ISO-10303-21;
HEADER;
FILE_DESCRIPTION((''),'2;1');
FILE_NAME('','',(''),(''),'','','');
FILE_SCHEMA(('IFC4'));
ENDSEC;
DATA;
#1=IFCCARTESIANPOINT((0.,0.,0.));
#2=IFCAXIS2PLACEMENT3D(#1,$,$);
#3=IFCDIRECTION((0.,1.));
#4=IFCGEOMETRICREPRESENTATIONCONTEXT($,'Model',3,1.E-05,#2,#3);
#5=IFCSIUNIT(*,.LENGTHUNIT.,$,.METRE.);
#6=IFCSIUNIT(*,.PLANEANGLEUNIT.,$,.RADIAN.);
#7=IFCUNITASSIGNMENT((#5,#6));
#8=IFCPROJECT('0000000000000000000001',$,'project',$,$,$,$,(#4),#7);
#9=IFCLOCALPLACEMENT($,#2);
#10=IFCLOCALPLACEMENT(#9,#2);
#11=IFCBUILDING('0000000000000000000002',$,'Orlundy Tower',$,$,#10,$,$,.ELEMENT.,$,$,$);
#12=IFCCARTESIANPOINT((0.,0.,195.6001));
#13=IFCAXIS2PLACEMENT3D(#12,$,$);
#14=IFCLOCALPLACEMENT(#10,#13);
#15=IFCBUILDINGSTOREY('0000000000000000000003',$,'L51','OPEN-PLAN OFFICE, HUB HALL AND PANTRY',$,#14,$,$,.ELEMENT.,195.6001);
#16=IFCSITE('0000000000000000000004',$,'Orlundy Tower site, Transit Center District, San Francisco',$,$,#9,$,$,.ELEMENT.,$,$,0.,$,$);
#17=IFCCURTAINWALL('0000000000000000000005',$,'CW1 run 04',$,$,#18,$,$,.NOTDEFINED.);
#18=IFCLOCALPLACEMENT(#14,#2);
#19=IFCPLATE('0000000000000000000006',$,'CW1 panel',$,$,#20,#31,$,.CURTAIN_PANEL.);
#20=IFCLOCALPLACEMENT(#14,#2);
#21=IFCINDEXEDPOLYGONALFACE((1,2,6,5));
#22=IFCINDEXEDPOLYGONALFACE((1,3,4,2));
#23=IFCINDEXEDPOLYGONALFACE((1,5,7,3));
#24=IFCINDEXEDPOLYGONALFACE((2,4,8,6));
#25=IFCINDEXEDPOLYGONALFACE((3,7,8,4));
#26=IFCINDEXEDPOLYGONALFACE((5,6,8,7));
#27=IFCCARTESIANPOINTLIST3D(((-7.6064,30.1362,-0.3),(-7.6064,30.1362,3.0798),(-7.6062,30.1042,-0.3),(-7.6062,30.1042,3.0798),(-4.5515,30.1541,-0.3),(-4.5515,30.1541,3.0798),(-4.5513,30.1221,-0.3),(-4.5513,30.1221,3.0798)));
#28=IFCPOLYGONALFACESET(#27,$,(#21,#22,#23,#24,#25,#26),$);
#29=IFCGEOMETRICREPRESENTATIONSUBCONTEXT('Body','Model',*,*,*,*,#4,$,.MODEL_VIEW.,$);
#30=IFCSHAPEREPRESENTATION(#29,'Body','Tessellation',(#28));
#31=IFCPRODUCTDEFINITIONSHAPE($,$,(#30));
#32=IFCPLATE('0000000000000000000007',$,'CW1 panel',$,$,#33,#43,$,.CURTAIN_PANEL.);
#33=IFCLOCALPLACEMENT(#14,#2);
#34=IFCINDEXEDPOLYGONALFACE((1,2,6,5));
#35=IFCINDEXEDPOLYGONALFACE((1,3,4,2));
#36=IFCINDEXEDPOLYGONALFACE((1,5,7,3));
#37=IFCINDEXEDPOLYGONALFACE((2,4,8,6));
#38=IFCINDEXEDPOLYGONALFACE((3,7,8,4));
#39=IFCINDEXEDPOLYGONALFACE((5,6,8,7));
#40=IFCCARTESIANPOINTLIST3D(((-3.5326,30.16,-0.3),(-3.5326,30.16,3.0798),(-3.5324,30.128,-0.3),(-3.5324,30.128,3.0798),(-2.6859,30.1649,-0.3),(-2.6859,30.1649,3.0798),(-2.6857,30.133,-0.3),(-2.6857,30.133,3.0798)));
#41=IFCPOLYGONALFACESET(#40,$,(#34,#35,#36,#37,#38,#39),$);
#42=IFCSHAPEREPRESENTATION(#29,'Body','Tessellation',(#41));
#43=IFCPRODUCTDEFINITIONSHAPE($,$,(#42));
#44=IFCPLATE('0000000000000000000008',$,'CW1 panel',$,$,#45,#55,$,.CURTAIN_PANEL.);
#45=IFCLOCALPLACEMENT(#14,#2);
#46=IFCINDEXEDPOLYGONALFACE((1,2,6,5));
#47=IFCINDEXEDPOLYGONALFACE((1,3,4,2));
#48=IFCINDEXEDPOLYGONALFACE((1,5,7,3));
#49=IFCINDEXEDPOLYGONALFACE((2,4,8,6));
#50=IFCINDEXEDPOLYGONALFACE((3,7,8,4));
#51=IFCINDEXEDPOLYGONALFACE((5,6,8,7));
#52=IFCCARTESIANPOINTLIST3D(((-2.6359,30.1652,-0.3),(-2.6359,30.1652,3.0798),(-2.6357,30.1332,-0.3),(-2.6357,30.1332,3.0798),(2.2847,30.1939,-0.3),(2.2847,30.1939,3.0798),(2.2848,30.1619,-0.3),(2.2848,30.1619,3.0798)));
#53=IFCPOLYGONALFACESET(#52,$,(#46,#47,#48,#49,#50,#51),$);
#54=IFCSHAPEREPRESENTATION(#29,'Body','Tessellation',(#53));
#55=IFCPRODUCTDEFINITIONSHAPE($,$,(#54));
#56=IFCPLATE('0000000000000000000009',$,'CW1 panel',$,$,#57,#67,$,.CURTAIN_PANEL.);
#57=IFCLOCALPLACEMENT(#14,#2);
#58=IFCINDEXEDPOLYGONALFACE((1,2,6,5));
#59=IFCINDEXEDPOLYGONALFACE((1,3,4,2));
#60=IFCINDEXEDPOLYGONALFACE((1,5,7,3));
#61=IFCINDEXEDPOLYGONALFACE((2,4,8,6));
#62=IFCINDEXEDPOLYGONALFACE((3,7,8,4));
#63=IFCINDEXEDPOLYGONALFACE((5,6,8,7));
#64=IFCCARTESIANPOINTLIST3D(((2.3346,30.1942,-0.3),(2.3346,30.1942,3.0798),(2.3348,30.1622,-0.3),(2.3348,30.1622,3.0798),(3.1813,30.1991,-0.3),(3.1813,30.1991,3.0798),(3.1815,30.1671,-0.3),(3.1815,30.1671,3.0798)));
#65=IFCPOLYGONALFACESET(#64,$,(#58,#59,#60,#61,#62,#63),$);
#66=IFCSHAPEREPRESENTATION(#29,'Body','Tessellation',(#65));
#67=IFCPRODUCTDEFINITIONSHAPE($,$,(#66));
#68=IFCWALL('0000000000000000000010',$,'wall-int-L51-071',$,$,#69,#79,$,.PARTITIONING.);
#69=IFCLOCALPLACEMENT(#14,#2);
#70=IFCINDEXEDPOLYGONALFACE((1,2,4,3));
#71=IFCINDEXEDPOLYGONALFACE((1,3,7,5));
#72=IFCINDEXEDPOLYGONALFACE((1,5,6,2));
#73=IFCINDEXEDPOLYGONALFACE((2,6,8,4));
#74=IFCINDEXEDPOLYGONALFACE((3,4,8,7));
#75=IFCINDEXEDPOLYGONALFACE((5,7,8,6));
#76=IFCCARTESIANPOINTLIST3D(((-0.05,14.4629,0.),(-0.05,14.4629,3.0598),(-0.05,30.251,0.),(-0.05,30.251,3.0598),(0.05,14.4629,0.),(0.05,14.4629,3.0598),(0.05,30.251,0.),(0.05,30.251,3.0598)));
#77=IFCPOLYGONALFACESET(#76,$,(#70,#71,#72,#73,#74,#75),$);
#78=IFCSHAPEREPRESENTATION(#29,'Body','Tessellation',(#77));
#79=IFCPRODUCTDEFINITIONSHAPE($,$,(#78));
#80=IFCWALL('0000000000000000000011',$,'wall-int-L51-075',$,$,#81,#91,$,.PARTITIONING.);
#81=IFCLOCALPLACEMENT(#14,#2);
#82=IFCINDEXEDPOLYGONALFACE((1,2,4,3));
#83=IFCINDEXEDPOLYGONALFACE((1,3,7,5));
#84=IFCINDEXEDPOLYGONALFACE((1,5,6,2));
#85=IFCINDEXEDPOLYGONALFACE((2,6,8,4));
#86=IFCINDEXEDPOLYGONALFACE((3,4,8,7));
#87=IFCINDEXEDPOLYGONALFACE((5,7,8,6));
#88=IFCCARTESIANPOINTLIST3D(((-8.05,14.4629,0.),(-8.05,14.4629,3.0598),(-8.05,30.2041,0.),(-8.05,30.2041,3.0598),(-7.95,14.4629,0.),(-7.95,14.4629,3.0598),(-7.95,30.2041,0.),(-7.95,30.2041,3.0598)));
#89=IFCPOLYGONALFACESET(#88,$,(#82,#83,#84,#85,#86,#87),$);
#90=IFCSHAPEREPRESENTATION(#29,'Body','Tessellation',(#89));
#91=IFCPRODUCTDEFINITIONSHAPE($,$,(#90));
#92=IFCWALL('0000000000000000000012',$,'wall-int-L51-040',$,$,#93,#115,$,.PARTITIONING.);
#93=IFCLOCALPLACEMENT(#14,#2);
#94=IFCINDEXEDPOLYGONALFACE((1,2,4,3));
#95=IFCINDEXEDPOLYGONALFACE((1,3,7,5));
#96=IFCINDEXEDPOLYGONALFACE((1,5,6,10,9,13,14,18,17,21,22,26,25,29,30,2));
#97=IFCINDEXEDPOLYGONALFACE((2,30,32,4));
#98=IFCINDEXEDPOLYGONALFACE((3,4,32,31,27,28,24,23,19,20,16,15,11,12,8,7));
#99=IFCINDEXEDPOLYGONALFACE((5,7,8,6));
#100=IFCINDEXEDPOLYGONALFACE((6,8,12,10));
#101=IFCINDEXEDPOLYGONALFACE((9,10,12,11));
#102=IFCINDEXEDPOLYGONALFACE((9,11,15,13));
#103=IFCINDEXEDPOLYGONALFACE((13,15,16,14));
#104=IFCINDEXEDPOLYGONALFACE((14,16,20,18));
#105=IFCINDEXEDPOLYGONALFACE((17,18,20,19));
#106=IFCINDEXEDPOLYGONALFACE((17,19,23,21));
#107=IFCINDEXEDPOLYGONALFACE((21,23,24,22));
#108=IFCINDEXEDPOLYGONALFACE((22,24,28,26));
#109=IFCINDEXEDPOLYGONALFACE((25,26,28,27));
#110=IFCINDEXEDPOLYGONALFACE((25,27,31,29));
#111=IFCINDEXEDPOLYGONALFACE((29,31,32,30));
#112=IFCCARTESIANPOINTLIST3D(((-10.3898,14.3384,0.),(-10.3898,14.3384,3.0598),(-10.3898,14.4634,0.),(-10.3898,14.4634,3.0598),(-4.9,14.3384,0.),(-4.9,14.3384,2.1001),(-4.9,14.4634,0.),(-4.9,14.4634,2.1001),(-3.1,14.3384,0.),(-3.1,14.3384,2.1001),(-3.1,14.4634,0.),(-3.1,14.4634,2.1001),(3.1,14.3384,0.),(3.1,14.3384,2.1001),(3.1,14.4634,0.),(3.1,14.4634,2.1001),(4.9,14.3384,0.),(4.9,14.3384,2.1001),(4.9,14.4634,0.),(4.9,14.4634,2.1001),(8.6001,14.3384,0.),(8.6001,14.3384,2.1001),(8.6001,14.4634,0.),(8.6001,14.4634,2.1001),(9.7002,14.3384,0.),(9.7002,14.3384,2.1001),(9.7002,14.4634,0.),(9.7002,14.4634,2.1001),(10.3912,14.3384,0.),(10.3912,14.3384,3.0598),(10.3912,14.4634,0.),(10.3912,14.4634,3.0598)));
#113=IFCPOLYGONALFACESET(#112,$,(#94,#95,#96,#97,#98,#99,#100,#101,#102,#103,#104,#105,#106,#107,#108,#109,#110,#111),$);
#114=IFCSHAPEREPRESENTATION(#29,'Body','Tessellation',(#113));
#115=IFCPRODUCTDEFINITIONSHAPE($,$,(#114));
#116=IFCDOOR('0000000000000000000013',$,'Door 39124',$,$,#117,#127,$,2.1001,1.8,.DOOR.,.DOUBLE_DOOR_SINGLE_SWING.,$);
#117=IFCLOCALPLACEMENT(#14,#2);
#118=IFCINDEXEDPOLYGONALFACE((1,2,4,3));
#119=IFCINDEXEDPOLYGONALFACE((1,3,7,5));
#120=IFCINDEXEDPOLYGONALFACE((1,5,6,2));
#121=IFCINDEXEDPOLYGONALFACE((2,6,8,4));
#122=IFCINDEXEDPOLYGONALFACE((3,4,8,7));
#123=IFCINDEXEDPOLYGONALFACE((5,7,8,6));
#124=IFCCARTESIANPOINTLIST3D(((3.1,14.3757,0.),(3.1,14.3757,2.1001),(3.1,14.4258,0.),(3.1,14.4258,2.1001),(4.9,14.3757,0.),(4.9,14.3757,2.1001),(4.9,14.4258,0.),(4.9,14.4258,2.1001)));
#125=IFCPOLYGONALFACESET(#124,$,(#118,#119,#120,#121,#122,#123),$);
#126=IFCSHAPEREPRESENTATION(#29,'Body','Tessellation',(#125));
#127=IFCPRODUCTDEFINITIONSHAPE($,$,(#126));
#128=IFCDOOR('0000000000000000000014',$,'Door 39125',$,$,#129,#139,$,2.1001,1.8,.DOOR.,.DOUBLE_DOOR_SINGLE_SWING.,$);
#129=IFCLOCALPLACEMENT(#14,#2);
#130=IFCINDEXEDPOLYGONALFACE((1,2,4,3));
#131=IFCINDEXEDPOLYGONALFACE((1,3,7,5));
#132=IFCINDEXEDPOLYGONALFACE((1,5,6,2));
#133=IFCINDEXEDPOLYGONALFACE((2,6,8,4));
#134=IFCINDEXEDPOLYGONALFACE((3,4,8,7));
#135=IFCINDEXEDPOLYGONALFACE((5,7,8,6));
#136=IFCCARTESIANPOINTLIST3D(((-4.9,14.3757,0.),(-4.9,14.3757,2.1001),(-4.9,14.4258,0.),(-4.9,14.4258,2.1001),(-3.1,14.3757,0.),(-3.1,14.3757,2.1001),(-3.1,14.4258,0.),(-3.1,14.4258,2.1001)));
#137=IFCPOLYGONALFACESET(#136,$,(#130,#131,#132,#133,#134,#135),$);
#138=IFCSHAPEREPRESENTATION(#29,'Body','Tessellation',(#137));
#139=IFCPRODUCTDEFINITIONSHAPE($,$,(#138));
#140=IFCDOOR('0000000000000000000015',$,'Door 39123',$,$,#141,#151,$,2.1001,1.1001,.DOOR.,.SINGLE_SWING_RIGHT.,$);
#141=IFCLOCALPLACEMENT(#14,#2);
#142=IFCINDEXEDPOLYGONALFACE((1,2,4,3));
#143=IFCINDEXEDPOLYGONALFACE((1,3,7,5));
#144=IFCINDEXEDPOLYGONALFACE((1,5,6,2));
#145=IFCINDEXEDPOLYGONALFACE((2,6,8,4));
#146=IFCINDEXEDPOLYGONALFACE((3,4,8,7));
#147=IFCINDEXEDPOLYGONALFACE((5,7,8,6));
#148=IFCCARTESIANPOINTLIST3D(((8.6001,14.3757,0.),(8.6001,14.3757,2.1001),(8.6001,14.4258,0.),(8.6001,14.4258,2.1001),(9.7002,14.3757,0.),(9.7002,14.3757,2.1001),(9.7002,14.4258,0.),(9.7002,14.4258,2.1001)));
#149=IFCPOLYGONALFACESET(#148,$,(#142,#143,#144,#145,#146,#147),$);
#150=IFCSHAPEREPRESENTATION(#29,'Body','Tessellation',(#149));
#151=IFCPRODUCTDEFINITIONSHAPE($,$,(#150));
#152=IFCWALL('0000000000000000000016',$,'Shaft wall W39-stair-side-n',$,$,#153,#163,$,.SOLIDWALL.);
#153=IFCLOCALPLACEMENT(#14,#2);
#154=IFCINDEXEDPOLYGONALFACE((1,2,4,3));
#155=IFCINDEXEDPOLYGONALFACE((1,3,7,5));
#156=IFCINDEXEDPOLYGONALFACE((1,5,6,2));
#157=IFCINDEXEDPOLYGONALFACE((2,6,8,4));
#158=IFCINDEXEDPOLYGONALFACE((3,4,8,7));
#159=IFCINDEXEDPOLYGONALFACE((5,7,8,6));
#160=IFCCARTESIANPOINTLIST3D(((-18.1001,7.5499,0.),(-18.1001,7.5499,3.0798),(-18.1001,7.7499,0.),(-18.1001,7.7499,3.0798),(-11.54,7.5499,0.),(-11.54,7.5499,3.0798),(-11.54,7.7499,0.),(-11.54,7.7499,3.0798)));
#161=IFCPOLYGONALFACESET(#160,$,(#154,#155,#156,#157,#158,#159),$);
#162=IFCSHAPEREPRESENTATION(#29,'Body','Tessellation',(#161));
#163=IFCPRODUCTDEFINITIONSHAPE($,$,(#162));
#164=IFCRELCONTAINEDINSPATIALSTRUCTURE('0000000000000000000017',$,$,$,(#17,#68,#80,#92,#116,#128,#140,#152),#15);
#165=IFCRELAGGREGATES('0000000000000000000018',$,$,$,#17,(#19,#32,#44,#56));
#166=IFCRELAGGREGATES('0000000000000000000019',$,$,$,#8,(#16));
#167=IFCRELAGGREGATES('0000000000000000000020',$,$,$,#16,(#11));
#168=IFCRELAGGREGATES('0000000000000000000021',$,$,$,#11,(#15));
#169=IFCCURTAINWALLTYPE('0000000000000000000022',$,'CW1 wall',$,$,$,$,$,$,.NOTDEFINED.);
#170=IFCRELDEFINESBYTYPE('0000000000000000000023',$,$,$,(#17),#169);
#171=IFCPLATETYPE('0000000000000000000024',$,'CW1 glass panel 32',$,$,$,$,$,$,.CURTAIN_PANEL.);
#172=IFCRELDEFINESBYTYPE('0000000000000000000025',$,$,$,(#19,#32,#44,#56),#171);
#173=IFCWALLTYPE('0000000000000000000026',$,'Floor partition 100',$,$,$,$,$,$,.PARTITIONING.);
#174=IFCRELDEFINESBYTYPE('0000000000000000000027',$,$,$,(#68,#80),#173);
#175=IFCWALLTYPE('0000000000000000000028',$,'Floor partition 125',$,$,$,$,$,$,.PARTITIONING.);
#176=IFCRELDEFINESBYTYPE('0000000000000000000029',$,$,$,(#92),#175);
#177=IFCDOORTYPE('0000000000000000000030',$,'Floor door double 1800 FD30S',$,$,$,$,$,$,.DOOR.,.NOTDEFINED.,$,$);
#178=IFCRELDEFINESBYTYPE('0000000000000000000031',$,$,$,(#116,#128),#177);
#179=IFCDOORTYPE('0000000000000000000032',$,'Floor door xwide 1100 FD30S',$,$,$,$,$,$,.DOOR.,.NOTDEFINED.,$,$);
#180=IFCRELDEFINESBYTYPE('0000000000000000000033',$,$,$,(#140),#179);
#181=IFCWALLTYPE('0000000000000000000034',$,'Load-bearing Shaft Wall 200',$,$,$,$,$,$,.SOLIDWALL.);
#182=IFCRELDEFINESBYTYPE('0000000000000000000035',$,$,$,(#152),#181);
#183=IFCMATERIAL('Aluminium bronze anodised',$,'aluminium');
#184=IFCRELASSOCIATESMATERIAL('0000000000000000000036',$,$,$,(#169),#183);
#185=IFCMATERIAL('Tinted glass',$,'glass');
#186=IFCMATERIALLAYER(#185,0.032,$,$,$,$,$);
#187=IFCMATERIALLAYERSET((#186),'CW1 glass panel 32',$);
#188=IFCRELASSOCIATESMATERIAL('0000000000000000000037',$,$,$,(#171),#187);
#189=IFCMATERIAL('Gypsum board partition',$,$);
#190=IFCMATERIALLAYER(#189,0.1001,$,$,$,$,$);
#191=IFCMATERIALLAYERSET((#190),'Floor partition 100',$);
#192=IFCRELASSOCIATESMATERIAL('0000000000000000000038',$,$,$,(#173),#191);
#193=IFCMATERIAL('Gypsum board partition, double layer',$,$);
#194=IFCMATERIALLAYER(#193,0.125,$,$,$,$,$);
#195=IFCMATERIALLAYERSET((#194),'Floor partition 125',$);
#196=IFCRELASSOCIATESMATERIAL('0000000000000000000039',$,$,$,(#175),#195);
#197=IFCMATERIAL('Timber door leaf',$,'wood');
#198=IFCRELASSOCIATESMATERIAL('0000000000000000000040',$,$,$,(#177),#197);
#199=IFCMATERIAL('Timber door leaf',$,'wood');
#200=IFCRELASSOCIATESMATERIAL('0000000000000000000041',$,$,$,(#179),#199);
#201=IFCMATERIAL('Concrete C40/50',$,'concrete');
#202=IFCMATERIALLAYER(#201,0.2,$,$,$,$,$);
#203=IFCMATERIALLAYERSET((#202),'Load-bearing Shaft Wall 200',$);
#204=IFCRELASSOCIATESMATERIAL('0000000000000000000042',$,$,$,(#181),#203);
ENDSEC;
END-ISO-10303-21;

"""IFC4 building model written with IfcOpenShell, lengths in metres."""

from ifc_helpers import new_model, si_unit, direction, frame, frame_2d, origin, origin_2d, place, context, subcontext, project, spatial, rectangle, extrude, material, layer, layer_set, type_object, element, fill, aggregate, save


model = new_model("IFC4")

# Units and contexts
model_context = context("Model", 3, precision=1e-05, world=origin(), true_north=direction((0.0, 1.0)))
body_context = subcontext(model_context, "Body", "Model", "MODEL_VIEW")
ifc_project = project(units=[si_unit("LENGTHUNIT", "METRE"), si_unit("PLANEANGLEUNIT", "RADIAN")], contexts=[model_context])

# Site, building, storey
site_placement = place(None, origin())
site = spatial("IfcSite", under=ifc_project, at=site_placement, Name="Orlundy Tower site, Transit Center District, San Francisco", CompositionType="ELEMENT", RefElevation=0.0)
building_placement = place(site_placement, origin())
building = spatial("IfcBuilding", under=site, at=building_placement, Name="Orlundy Tower", CompositionType="ELEMENT")
storey_placement = place(building_placement, frame((0.0, 0.0, 195.6001)))
storey = spatial("IfcBuildingStorey", under=building, at=storey_placement, Name="L51", Description="OPEN-PLAN OFFICE, HUB HALL AND PANTRY", CompositionType="ELEMENT", Elevation=195.6001)

# Curtain wall
ifc_material_1 = material(Name="Aluminium bronze anodised", Category="aluminium")
curtain_wall_type = type_object("IfcCurtainWallType", Name="CW1 wall", PredefinedType="NOTDEFINED", material=ifc_material_1)
curtain_wall_1_placement = place(storey_placement, origin())
curtain_wall_1 = element("IfcCurtainWall", 1, at=curtain_wall_1_placement, inside=storey, type_object=curtain_wall_type, Name="CW1 run 04", PredefinedType="NOTDEFINED")

# Shared definitions
ifc_material_2 = material(Name="Tinted glass", Category="glass")
ifc_layer_1 = layer(ifc_material_2, 0.032)
ifc_layer_set_1 = layer_set([ifc_layer_1], Name="CW1 glass panel 32")
plate_type = type_object("IfcPlateType", Name="CW1 glass panel 32", PredefinedType="CURTAIN_PANEL", material=ifc_layer_set_1)

# Plates
plate_1_placement = place(storey_placement, frame((-6.0789, 30.1292, -0.3), z_axis=(0.0, 0.0, 1.0), x_axis=(0.999983, 0.005834, 0.0)))
plate_1 = element("IfcPlate", 2, at=plate_1_placement, type_object=plate_type, Name="CW1 panel", PredefinedType="CURTAIN_PANEL", context=body_context, shape_type="SweptSolid", body=[
    extrude(rectangle(XDim=3.0549, YDim=0.032, at=origin_2d()), origin(), (0.0, 0.0, 1.0), 3.3799),
])
plate_2_placement = place(storey_placement, frame((-3.1091, 30.1465, -0.3), z_axis=(0.0, 0.0, 1.0), x_axis=(0.999983, 0.005834, 0.0)))
plate_2 = element("IfcPlate", 3, at=plate_2_placement, type_object=plate_type, Name="CW1 panel", PredefinedType="CURTAIN_PANEL", context=body_context, shape_type="SweptSolid", body=[
    extrude(rectangle(XDim=0.8467, YDim=0.032, at=origin_2d()), origin(), (0.0, 0.0, 1.0), 3.3799),
])
plate_3_placement = place(storey_placement, frame((-0.1755, 30.1636, -0.3), z_axis=(0.0, 0.0, 1.0), x_axis=(0.999983, 0.005834, 0.0)))
plate_3 = element("IfcPlate", 4, at=plate_3_placement, type_object=plate_type, Name="CW1 panel", PredefinedType="CURTAIN_PANEL", context=body_context, shape_type="SweptSolid", body=[
    extrude(rectangle(XDim=4.9207, YDim=0.032, at=origin_2d()), origin(), (0.0, 0.0, 1.0), 3.3799),
])
plate_4_placement = place(storey_placement, frame((2.7581, 30.1807, -0.3), z_axis=(0.0, 0.0, 1.0), x_axis=(0.999983, 0.005834, 0.0)))
plate_4 = element("IfcPlate", 5, at=plate_4_placement, type_object=plate_type, Name="CW1 panel", PredefinedType="CURTAIN_PANEL", context=body_context, shape_type="SweptSolid", body=[
    extrude(rectangle(XDim=0.8467, YDim=0.032, at=origin_2d()), origin(), (0.0, 0.0, 1.0), 3.3799),
])
aggregate(curtain_wall_1, [plate_1, plate_2, plate_3, plate_4])

# Walls
ifc_material_3 = material(Name="Gypsum board partition")
ifc_layer_2 = layer(ifc_material_3, 0.1001)
ifc_layer_set_2 = layer_set([ifc_layer_2], Name="Floor partition 100")
wall_type_1 = type_object("IfcWallType", Name="Floor partition 100", PredefinedType="PARTITIONING", material=ifc_layer_set_2)
wall_1_placement = place(storey_placement, frame((0.0, 14.4629, 0.0), z_axis=(0.0, 0.0, 1.0), x_axis=(0.0, 1.0, 0.0)))
element("IfcWall", 6, at=wall_1_placement, inside=storey, type_object=wall_type_1, Name="wall-int-L51-071", PredefinedType="PARTITIONING", context=body_context, shape_type="SweptSolid", body=[
    extrude(rectangle(XDim=15.7881, YDim=0.1001, at=frame_2d((7.894, 0.0))), origin(), (0.0, 0.0, 1.0), 3.0598),
])
wall_2_placement = place(storey_placement, frame((-8.0, 14.4629, 0.0), z_axis=(0.0, 0.0, 1.0), x_axis=(0.0, 1.0, 0.0)))
element("IfcWall", 7, at=wall_2_placement, inside=storey, type_object=wall_type_1, Name="wall-int-L51-075", PredefinedType="PARTITIONING", context=body_context, shape_type="SweptSolid", body=[
    extrude(rectangle(XDim=15.7412, YDim=0.1001, at=frame_2d((7.8706, 0.0))), origin(), (0.0, 0.0, 1.0), 3.0598),
])

# Wall, openings, doors
ifc_material_4 = material(Name="Gypsum board partition, double layer")
ifc_layer_3 = layer(ifc_material_4, 0.125)
ifc_layer_set_3 = layer_set([ifc_layer_3], Name="Floor partition 125")
wall_type_2 = type_object("IfcWallType", Name="Floor partition 125", PredefinedType="PARTITIONING", material=ifc_layer_set_3)
wall_3_placement = place(storey_placement, frame((-10.3899, 14.4009, 0.0), z_axis=(0.0, 0.0, 1.0), x_axis=(1.0, 0.0, 0.0)))
wall_3 = element("IfcWall", 8, at=wall_3_placement, inside=storey, type_object=wall_type_2, Name="wall-int-L51-040", PredefinedType="PARTITIONING", context=body_context, shape_type="SweptSolid", body=[
    extrude(rectangle(XDim=20.781, YDim=0.125, at=frame_2d((10.3906, 0.0))), origin(), (0.0, 0.0, 1.0), 3.0598),
])
opening_1_placement = place(wall_3_placement, frame((18.99, 0.0, 0.0)))
opening_1 = element("IfcOpeningElement", 9, at=opening_1_placement, cuts=wall_3, PredefinedType="OPENING", context=body_context, shape_type="SweptSolid", body=[
    extrude(rectangle(XDim=1.1001, YDim=2.1001, at=frame_2d((0.55, 1.05))), frame((0.0, 0.0725, 0.0), z_axis=(0.0, -1.0, 0.0), x_axis=(1.0, 0.0, 0.0)), (0.0, 0.0, 1.0), 0.145),
])
opening_2_placement = place(wall_3_placement, frame((13.49, 0.0, 0.0)))
opening_2 = element("IfcOpeningElement", 10, at=opening_2_placement, cuts=wall_3, PredefinedType="OPENING", context=body_context, shape_type="SweptSolid", body=[
    extrude(rectangle(XDim=1.8, YDim=2.1001, at=frame_2d((0.8999, 1.05))), frame((0.0, 0.0725, 0.0), z_axis=(0.0, -1.0, 0.0), x_axis=(1.0, 0.0, 0.0)), (0.0, 0.0, 1.0), 0.145),
])
opening_3_placement = place(wall_3_placement, frame((5.49, 0.0, 0.0)))
opening_3 = element("IfcOpeningElement", 11, at=opening_3_placement, cuts=wall_3, PredefinedType="OPENING", context=body_context, shape_type="SweptSolid", body=[
    extrude(rectangle(XDim=1.8, YDim=2.1001, at=frame_2d((0.8999, 1.05))), frame((0.0, 0.0725, 0.0), z_axis=(0.0, -1.0, 0.0), x_axis=(1.0, 0.0, 0.0)), (0.0, 0.0, 1.0), 0.145),
])
ifc_material_5 = material(Name="Timber door leaf", Category="wood")
door_type_1 = type_object("IfcDoorType", Name="Floor door double 1800 FD30S", OperationType="NOTDEFINED", PredefinedType="DOOR", material=ifc_material_5)
door_1_placement = place(opening_2_placement, origin())
door_1 = element("IfcDoor", 12, at=door_1_placement, inside=storey, type_object=door_type_1, Name="Door 39124", OperationType="DOUBLE_DOOR_SINGLE_SWING", OverallHeight=2.1001, OverallWidth=1.8, PredefinedType="DOOR", context=body_context, shape_type="SweptSolid", body=[
    extrude(rectangle(XDim=1.8, YDim=2.1001, at=frame_2d((0.8999, 1.05))), frame((0.0, 0.0249, 0.0), z_axis=(0.0, -1.0, 0.0), x_axis=(1.0, 0.0, 0.0)), (0.0, 0.0, 1.0), 0.05),
])
fill(opening_2, door_1)
door_2_placement = place(opening_3_placement, origin())
door_2 = element("IfcDoor", 13, at=door_2_placement, inside=storey, type_object=door_type_1, Name="Door 39125", OperationType="DOUBLE_DOOR_SINGLE_SWING", OverallHeight=2.1001, OverallWidth=1.8, PredefinedType="DOOR", context=body_context, shape_type="SweptSolid", body=[
    extrude(rectangle(XDim=1.8, YDim=2.1001, at=frame_2d((0.8999, 1.05))), frame((0.0, 0.0249, 0.0), z_axis=(0.0, -1.0, 0.0), x_axis=(1.0, 0.0, 0.0)), (0.0, 0.0, 1.0), 0.05),
])
fill(opening_3, door_2)
ifc_material_6 = material(Name="Timber door leaf", Category="wood")
door_type_2 = type_object("IfcDoorType", Name="Floor door xwide 1100 FD30S", OperationType="NOTDEFINED", PredefinedType="DOOR", material=ifc_material_6)
door_3_placement = place(opening_1_placement, origin())
door_3 = element("IfcDoor", 14, at=door_3_placement, inside=storey, type_object=door_type_2, Name="Door 39123", OperationType="SINGLE_SWING_RIGHT", OverallHeight=2.1001, OverallWidth=1.1001, PredefinedType="DOOR", context=body_context, shape_type="SweptSolid", body=[
    extrude(rectangle(XDim=1.1001, YDim=2.1001, at=frame_2d((0.55, 1.05))), frame((0.0, 0.0249, 0.0), z_axis=(0.0, -1.0, 0.0), x_axis=(1.0, 0.0, 0.0)), (0.0, 0.0, 1.0), 0.05),
])
fill(opening_1, door_3)

# Wall
ifc_material_7 = material(Name="Concrete C40/50", Category="concrete")
ifc_layer_4 = layer(ifc_material_7, 0.2)
ifc_layer_set_4 = layer_set([ifc_layer_4], Name="Load-bearing Shaft Wall 200")
wall_type_3 = type_object("IfcWallType", Name="Load-bearing Shaft Wall 200", PredefinedType="SOLIDWALL", material=ifc_layer_set_4)
wall_4_placement = place(storey_placement, frame((-11.54, 7.6499, 0.0), z_axis=(0.0, 0.0, 1.0), x_axis=(-1.0, 0.0, 0.0)))
element("IfcWall", 15, at=wall_4_placement, inside=storey, type_object=wall_type_3, Name="Shaft wall W39-stair-side-n", PredefinedType="SOLIDWALL", context=body_context, shape_type="SweptSolid", body=[
    extrude(rectangle(XDim=6.5601, YDim=0.2, at=frame_2d((3.28, 0.0))), origin(), (0.0, 0.0, 1.0), 3.0798),
])

save(model, "model.ifc")
